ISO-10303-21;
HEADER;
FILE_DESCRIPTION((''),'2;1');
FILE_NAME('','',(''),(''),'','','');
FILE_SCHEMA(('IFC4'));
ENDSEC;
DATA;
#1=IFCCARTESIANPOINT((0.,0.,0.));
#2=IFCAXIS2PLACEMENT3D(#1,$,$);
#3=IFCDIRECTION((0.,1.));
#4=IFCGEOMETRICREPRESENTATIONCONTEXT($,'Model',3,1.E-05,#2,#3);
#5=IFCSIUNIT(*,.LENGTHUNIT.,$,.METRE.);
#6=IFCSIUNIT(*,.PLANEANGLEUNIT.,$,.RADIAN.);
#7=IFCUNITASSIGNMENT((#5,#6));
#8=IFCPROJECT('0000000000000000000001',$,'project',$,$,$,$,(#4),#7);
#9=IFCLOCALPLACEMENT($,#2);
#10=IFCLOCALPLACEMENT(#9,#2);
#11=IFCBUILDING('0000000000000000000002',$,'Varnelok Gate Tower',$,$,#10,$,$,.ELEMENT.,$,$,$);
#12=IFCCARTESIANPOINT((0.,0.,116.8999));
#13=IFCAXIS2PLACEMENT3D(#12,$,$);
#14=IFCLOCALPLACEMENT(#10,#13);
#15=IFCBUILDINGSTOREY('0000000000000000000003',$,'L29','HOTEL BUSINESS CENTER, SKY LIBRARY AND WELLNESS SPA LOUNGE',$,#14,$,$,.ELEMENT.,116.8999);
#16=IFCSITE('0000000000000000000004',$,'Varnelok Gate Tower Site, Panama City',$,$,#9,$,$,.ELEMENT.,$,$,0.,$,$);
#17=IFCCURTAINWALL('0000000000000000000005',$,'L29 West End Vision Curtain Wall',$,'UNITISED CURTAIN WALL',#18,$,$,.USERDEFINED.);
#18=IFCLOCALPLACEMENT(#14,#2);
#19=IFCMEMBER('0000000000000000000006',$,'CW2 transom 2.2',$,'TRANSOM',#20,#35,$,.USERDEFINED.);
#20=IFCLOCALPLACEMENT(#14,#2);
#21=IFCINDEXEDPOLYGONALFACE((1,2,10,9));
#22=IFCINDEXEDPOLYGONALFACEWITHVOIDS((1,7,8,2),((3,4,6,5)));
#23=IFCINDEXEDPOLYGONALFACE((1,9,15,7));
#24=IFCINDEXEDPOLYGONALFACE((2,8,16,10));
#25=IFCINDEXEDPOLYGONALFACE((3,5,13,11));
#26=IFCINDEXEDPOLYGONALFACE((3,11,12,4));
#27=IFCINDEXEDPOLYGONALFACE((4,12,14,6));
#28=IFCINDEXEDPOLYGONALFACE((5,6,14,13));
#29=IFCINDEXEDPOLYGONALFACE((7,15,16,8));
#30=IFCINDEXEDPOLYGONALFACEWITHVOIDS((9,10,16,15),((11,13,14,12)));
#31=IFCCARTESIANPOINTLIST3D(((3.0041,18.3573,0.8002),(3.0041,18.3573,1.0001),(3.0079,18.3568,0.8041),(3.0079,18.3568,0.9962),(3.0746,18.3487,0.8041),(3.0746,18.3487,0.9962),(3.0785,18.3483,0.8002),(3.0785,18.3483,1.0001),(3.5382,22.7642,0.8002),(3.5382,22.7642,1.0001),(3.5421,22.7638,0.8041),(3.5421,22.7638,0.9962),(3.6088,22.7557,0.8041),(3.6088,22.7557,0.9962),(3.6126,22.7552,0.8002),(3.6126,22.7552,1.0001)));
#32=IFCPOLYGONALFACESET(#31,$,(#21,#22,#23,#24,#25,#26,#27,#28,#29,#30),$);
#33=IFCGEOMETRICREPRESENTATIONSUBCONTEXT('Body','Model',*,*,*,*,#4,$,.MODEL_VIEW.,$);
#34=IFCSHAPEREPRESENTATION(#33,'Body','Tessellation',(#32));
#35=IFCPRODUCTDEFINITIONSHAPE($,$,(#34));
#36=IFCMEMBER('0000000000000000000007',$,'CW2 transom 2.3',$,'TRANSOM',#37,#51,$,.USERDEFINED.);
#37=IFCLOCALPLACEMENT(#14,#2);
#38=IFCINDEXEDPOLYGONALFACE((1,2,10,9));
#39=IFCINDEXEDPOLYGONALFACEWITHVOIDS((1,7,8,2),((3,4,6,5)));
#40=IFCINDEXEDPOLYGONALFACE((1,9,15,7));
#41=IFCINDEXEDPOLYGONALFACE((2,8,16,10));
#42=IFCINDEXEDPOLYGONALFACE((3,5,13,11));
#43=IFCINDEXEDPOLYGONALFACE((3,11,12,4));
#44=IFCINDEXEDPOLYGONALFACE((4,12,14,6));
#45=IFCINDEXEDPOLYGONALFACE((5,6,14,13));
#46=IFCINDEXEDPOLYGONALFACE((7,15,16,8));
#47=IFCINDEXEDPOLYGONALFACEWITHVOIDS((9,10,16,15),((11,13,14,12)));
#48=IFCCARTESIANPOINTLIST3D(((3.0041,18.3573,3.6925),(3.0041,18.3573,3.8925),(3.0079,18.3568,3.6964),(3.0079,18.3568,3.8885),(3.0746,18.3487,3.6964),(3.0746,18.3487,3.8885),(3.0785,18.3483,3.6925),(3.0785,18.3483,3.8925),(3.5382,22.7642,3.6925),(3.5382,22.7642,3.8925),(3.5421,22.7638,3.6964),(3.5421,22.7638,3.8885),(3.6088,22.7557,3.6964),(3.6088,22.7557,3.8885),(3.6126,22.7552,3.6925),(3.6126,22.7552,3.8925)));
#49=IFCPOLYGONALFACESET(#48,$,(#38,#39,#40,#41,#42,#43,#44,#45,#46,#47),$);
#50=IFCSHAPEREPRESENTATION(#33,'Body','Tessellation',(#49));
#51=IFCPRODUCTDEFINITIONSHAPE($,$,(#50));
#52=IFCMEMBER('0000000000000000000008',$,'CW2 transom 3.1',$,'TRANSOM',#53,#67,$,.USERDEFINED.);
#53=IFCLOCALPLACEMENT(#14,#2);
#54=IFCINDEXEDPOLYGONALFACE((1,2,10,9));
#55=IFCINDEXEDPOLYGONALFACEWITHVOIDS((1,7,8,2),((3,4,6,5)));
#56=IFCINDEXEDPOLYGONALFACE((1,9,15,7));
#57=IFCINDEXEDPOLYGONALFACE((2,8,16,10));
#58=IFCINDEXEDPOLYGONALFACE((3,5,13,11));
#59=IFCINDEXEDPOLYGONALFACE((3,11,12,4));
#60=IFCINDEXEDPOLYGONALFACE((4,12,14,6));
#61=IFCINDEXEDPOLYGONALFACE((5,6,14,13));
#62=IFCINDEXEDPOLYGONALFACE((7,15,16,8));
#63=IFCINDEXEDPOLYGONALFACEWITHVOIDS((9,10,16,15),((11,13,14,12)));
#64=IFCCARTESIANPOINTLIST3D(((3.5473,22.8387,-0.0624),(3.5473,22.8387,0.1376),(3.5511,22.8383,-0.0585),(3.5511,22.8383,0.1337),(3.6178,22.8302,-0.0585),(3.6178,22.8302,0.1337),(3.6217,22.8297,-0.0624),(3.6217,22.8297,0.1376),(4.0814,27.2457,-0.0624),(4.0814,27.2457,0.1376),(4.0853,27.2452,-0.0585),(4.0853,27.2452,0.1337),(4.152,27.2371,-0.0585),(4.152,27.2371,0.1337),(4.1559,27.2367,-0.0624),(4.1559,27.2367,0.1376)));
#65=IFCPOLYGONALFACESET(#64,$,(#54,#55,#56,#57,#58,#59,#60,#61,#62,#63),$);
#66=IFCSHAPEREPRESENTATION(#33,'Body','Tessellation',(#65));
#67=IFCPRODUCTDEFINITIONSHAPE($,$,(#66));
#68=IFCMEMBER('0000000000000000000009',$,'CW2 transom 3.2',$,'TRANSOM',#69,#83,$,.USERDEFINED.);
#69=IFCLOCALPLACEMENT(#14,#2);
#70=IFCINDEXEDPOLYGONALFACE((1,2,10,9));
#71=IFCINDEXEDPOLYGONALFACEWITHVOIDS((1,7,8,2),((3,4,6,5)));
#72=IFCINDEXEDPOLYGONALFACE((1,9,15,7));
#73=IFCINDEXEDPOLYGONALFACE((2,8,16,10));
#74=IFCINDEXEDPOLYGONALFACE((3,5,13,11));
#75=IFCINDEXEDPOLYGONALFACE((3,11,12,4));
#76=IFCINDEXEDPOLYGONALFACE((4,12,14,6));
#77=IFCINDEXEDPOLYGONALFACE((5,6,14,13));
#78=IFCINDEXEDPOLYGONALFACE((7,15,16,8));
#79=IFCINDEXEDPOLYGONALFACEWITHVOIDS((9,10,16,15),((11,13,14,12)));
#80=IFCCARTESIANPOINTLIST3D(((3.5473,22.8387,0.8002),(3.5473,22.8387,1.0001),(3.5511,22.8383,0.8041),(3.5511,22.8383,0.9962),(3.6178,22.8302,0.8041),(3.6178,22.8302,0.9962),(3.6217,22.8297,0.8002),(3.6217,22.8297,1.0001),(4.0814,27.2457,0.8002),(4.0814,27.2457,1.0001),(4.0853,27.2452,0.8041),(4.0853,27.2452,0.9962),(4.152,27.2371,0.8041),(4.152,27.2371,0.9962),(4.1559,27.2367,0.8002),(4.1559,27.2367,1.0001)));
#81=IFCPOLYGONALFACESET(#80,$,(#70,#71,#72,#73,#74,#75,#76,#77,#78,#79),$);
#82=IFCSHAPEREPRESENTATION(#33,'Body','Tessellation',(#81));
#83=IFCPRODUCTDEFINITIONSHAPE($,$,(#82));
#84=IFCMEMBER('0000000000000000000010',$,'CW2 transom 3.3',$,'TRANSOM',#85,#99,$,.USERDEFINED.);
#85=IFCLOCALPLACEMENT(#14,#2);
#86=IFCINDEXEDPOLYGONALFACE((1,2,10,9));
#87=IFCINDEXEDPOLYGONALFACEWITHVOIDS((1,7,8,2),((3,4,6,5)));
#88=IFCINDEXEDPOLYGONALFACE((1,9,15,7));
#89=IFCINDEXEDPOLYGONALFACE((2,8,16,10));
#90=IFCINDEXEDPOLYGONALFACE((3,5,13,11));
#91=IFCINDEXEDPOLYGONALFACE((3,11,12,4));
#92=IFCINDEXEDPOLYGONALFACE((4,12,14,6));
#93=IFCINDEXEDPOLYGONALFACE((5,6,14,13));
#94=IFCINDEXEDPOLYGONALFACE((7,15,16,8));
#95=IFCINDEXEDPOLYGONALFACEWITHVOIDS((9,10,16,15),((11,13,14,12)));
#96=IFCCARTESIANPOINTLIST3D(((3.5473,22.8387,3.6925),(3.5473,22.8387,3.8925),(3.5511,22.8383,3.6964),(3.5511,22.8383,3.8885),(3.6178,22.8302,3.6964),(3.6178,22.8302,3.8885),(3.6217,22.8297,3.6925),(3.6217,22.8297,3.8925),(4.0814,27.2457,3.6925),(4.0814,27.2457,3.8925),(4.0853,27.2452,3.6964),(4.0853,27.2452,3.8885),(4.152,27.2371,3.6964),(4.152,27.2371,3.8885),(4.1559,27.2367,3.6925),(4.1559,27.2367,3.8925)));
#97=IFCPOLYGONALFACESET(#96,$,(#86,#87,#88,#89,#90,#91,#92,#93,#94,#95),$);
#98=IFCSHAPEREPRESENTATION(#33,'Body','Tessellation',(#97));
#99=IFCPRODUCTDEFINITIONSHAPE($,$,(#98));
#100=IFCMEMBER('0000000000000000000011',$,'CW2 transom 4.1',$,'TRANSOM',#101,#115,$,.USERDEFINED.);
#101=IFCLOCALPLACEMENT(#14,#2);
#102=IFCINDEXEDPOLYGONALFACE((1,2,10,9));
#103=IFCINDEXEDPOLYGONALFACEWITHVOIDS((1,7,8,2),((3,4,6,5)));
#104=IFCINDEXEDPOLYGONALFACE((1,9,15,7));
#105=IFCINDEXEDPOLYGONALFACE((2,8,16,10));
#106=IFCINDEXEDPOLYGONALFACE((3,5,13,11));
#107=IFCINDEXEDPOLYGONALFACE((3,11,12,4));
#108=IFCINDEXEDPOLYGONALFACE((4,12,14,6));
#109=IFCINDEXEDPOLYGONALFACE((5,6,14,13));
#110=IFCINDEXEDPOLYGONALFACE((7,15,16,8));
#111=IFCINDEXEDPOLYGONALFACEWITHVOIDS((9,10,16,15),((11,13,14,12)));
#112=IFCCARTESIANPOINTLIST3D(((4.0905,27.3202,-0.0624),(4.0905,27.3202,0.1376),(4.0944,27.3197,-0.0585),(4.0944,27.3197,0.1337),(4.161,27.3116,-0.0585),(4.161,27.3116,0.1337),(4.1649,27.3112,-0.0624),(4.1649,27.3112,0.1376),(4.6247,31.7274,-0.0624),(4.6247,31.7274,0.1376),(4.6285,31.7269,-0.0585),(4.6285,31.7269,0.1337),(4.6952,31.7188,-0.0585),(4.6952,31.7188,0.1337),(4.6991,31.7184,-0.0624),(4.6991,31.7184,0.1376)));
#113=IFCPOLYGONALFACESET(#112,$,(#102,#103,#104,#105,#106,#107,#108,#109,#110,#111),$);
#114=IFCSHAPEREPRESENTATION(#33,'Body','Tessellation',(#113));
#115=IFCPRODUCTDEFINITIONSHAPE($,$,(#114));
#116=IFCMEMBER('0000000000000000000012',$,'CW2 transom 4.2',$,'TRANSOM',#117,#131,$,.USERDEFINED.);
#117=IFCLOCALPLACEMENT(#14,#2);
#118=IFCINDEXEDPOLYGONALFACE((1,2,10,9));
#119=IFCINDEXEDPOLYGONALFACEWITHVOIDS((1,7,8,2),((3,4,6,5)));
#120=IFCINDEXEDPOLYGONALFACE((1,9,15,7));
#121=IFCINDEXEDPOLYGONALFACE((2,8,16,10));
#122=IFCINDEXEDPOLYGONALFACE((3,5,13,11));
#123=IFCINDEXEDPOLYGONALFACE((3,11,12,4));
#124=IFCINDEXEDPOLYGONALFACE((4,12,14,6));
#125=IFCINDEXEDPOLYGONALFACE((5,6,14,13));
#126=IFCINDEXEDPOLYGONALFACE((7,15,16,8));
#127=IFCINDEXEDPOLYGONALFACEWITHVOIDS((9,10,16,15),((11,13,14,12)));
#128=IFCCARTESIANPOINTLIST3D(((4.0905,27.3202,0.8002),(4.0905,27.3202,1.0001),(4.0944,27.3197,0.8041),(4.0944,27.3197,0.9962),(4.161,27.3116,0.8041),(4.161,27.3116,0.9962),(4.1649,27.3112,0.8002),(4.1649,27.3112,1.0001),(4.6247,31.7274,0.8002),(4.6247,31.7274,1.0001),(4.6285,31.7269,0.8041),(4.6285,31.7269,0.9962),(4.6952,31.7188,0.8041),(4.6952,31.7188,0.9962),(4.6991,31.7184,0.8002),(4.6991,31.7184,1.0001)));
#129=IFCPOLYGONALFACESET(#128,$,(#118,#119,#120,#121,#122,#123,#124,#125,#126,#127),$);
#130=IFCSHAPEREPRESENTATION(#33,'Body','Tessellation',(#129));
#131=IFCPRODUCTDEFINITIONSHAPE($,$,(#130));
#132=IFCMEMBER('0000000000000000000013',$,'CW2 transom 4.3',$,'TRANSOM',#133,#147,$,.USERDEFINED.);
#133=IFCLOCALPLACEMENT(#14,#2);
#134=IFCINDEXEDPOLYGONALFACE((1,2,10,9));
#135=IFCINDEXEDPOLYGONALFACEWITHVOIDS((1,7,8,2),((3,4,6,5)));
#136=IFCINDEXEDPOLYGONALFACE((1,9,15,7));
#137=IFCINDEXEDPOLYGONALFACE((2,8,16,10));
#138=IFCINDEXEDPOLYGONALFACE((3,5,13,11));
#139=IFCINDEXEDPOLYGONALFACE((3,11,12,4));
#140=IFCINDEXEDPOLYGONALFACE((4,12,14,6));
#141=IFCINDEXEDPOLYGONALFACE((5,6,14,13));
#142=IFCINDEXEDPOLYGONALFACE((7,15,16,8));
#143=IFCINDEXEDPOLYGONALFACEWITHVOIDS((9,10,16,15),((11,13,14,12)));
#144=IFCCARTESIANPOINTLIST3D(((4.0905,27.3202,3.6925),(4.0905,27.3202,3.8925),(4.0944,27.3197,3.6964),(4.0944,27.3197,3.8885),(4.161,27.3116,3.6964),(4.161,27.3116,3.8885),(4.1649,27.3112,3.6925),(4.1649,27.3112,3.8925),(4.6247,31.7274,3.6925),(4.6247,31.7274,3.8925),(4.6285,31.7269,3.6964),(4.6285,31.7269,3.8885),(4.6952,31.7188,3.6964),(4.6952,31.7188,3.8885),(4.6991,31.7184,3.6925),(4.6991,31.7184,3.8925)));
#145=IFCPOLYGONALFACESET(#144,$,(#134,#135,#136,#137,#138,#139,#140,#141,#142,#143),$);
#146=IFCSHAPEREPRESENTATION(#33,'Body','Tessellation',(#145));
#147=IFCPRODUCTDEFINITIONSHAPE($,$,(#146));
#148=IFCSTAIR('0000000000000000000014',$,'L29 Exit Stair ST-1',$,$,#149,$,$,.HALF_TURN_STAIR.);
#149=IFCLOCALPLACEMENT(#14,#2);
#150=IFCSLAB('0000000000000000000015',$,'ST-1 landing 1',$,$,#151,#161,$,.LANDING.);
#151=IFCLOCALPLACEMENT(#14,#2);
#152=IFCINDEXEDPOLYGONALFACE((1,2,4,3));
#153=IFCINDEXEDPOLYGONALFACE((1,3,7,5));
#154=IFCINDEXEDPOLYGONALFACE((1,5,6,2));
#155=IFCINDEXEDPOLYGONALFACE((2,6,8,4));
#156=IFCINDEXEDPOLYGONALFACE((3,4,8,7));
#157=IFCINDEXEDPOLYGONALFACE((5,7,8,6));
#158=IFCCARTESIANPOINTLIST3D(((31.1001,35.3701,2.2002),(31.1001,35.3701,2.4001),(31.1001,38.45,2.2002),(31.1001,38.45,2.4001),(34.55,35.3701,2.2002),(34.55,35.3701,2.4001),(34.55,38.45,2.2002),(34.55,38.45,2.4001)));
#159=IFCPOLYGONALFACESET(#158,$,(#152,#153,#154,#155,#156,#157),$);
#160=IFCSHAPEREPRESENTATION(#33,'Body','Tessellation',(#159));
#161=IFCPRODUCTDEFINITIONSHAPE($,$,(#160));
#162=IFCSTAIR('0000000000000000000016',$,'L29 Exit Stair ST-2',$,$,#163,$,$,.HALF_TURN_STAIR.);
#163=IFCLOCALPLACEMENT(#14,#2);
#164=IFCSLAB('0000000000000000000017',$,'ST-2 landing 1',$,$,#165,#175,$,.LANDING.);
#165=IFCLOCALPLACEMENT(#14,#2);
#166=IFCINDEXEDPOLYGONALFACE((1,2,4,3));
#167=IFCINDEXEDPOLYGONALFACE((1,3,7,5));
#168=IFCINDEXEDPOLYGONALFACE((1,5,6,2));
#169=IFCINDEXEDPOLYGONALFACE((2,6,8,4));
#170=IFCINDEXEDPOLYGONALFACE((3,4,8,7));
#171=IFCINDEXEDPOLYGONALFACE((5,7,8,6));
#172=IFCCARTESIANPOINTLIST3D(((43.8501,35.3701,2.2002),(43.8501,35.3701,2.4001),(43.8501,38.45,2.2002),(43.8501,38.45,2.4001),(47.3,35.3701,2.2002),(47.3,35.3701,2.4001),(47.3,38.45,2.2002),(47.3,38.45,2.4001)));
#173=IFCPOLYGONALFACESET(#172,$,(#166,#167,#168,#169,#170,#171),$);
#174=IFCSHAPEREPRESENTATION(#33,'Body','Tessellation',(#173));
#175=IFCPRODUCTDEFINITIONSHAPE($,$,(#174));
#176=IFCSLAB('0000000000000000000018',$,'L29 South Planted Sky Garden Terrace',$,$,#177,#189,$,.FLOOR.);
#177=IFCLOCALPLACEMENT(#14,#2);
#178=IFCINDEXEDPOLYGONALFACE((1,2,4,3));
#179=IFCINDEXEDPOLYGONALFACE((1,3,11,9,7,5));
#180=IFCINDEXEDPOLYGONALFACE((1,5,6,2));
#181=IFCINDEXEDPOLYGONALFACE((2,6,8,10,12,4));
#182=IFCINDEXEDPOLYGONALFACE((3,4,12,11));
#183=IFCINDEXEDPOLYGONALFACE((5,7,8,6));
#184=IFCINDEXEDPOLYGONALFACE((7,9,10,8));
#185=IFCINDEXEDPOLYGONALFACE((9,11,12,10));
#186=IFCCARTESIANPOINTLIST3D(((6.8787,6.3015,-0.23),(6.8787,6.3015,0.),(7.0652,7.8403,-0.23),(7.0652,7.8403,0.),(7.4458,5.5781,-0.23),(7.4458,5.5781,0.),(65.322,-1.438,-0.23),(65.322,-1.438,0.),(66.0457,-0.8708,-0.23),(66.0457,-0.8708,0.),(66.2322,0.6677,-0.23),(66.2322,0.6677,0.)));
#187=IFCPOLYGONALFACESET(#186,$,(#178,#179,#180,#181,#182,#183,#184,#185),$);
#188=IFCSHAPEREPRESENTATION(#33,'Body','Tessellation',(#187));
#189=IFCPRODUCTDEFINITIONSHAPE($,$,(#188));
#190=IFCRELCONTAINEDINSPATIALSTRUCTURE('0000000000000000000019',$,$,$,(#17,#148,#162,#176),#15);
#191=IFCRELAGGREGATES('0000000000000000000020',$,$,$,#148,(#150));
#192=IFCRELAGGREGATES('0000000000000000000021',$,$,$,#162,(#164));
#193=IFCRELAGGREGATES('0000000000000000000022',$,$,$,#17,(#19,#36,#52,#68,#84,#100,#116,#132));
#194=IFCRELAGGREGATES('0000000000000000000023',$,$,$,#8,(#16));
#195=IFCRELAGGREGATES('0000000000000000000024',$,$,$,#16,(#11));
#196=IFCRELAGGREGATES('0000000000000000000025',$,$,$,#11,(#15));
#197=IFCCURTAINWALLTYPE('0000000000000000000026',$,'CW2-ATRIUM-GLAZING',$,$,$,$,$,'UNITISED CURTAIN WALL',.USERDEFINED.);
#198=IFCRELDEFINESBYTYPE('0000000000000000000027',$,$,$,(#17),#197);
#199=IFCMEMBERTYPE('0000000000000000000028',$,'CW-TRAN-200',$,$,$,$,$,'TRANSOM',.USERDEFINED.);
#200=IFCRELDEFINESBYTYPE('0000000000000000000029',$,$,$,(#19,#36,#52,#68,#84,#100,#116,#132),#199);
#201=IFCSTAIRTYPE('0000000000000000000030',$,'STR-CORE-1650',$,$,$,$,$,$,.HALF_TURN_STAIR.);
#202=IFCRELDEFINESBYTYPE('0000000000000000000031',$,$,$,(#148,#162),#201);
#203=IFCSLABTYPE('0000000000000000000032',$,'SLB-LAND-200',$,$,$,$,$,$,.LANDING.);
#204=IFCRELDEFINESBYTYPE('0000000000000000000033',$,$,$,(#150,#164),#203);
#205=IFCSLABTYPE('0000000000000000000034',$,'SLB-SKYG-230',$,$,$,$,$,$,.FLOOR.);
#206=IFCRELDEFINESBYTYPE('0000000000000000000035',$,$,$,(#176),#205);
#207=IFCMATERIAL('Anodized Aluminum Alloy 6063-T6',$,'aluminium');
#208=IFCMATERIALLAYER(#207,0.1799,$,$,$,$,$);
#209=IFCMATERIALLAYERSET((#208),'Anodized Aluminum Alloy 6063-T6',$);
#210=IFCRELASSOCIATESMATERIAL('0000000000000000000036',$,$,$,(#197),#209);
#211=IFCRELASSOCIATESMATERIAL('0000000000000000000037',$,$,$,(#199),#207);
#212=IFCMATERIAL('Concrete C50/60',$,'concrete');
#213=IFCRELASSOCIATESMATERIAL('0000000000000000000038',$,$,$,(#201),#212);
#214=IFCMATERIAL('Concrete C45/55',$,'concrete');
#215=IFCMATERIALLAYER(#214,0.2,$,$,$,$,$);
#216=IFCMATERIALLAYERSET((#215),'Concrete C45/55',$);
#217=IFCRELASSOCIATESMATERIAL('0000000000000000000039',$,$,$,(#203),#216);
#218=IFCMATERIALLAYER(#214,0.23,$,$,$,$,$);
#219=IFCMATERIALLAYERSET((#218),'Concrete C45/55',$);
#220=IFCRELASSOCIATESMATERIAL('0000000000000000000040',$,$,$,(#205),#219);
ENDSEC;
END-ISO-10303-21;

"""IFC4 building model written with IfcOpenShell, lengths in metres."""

from ifc_helpers import new_model, si_unit, direction, frame, origin, origin_2d, place, context, subcontext, project, spatial, polyline, hollow_rectangle, outline, extrude, material, layer, layer_set, material_profile, profile_set, type_object, element, aggregate, save


model = new_model("IFC4")

# Units and contexts
model_context = context("Model", 3, precision=1e-05, world=origin(), true_north=direction((0.0, 1.0)))
body_context = subcontext(model_context, "Body", "Model", "MODEL_VIEW")
ifc_project = project(units=[si_unit("LENGTHUNIT", "METRE"), si_unit("PLANEANGLEUNIT", "RADIAN")], contexts=[model_context])

# Site, building, storey
site_placement = place(None, origin())
site = spatial("IfcSite", under=ifc_project, at=site_placement, Name="Varnelok Gate Tower Site, Panama City", CompositionType="ELEMENT", RefElevation=0.0)
building_placement = place(site_placement, origin())
building = spatial("IfcBuilding", under=site, at=building_placement, Name="Varnelok Gate Tower", CompositionType="ELEMENT")
storey_placement = place(building_placement, frame((0.0, 0.0, 116.8999)))
storey = spatial("IfcBuildingStorey", under=building, at=storey_placement, Name="L29", Description="HOTEL BUSINESS CENTER, SKY LIBRARY AND WELLNESS SPA LOUNGE", CompositionType="ELEMENT", Elevation=116.8999)

# Curtain wall, members
ifc_material_1 = material(Name="Anodized Aluminum Alloy 6063-T6", Category="aluminium")
ifc_layer_1 = layer(ifc_material_1, 0.1799)
ifc_layer_set_1 = layer_set([ifc_layer_1], Name="Anodized Aluminum Alloy 6063-T6")
curtain_wall_type = type_object("IfcCurtainWallType", Name="CW2-ATRIUM-GLAZING", ElementType="UNITISED CURTAIN WALL", PredefinedType="USERDEFINED", material=ifc_layer_set_1)
curtain_wall_placement = place(storey_placement, origin())
curtain_wall = element("IfcCurtainWall", 1, at=curtain_wall_placement, inside=storey, type_object=curtain_wall_type, Name="L29 West End Vision Curtain Wall", ObjectType="UNITISED CURTAIN WALL", PredefinedType="USERDEFINED")
ifc_material_profile_1 = material_profile(ifc_material_1, hollow_rectangle(XDim=0.075, YDim=0.2, WallThickness=0.0039, at=origin_2d()), Name="ALU200X75X4")
ifc_profile_set_1 = profile_set([ifc_material_profile_1], Name="Anodized Aluminum Alloy 6063-T6")
member_type_1 = type_object("IfcMemberType", Name="CW-TRAN-200", ElementType="TRANSOM", PredefinedType="USERDEFINED", material=ifc_profile_set_1)
member_1_placement = place(storey_placement, frame((3.0413, 18.3528, 0.9001), z_axis=(0.120331, 0.992734, 0.0), x_axis=(-0.992734, 0.120331, 0.0)))
member_1 = element("IfcMember", 2, at=member_1_placement, type_object=member_type_1, Name="CW2 transom 2.2", ObjectType="TRANSOM", PredefinedType="USERDEFINED", context=body_context, shape_type="SweptSolid", body=[
    extrude(hollow_rectangle(XDim=0.075, YDim=0.2, WallThickness=0.0039, at=origin_2d()), origin(), (0.0, 0.0, 1.0), 4.4392),
])
member_2_placement = place(storey_placement, frame((3.0413, 18.3528, 3.7925), z_axis=(0.120331, 0.992734, 0.0), x_axis=(-0.992734, 0.120331, 0.0)))
member_2 = element("IfcMember", 3, at=member_2_placement, type_object=member_type_1, Name="CW2 transom 2.3", ObjectType="TRANSOM", PredefinedType="USERDEFINED", context=body_context, shape_type="SweptSolid", body=[
    extrude(hollow_rectangle(XDim=0.075, YDim=0.2, WallThickness=0.0039, at=origin_2d()), origin(), (0.0, 0.0, 1.0), 4.4392),
])
member_3_placement = place(storey_placement, frame((3.5845, 22.8342, 0.0376), z_axis=(0.120331, 0.992734, 0.0), x_axis=(-0.992734, 0.120331, 0.0)))
member_3 = element("IfcMember", 4, at=member_3_placement, type_object=member_type_1, Name="CW2 transom 3.1", ObjectType="TRANSOM", PredefinedType="USERDEFINED", context=body_context, shape_type="SweptSolid", body=[
    extrude(hollow_rectangle(XDim=0.075, YDim=0.2, WallThickness=0.0039, at=origin_2d()), origin(), (0.0, 0.0, 1.0), 4.4392),
])
member_4_placement = place(storey_placement, frame((3.5845, 22.8342, 0.9001), z_axis=(0.120331, 0.992734, 0.0), x_axis=(-0.992734, 0.120331, 0.0)))
member_4 = element("IfcMember", 5, at=member_4_placement, type_object=member_type_1, Name="CW2 transom 3.2", ObjectType="TRANSOM", PredefinedType="USERDEFINED", context=body_context, shape_type="SweptSolid", body=[
    extrude(hollow_rectangle(XDim=0.075, YDim=0.2, WallThickness=0.0039, at=origin_2d()), origin(), (0.0, 0.0, 1.0), 4.4392),
])
member_5_placement = place(storey_placement, frame((3.5845, 22.8342, 3.7925), z_axis=(0.120331, 0.992734, 0.0), x_axis=(-0.992734, 0.120331, 0.0)))
member_5 = element("IfcMember", 6, at=member_5_placement, type_object=member_type_1, Name="CW2 transom 3.3", ObjectType="TRANSOM", PredefinedType="USERDEFINED", context=body_context, shape_type="SweptSolid", body=[
    extrude(hollow_rectangle(XDim=0.075, YDim=0.2, WallThickness=0.0039, at=origin_2d()), origin(), (0.0, 0.0, 1.0), 4.4392),
])
member_6_placement = place(storey_placement, frame((4.1277, 27.3157, 0.0376), z_axis=(0.120325, 0.992735, 0.0), x_axis=(-0.992735, 0.120325, 0.0)))
member_6 = element("IfcMember", 7, at=member_6_placement, type_object=member_type_1, Name="CW2 transom 4.1", ObjectType="TRANSOM", PredefinedType="USERDEFINED", context=body_context, shape_type="SweptSolid", body=[
    extrude(hollow_rectangle(XDim=0.075, YDim=0.2, WallThickness=0.0039, at=origin_2d()), origin(), (0.0, 0.0, 1.0), 4.4395),
])
member_7_placement = place(storey_placement, frame((4.1277, 27.3157, 0.9001), z_axis=(0.120325, 0.992735, 0.0), x_axis=(-0.992735, 0.120325, 0.0)))
member_7 = element("IfcMember", 8, at=member_7_placement, type_object=member_type_1, Name="CW2 transom 4.2", ObjectType="TRANSOM", PredefinedType="USERDEFINED", context=body_context, shape_type="SweptSolid", body=[
    extrude(hollow_rectangle(XDim=0.075, YDim=0.2, WallThickness=0.0039, at=origin_2d()), origin(), (0.0, 0.0, 1.0), 4.4395),
])
member_8_placement = place(storey_placement, frame((4.1277, 27.3157, 3.7925), z_axis=(0.120325, 0.992735, 0.0), x_axis=(-0.992735, 0.120325, 0.0)))
member_8 = element("IfcMember", 9, at=member_8_placement, type_object=member_type_1, Name="CW2 transom 4.3", ObjectType="TRANSOM", PredefinedType="USERDEFINED", context=body_context, shape_type="SweptSolid", body=[
    extrude(hollow_rectangle(XDim=0.075, YDim=0.2, WallThickness=0.0039, at=origin_2d()), origin(), (0.0, 0.0, 1.0), 4.4395),
])

# Stairs, slabs
ifc_material_2 = material(Name="Concrete C50/60", Category="concrete")
stair_type = type_object("IfcStairType", Name="STR-CORE-1650", PredefinedType="HALF_TURN_STAIR", material=ifc_material_2)
stair_1_placement = place(storey_placement, origin())
stair_1 = element("IfcStair", 10, at=stair_1_placement, inside=storey, type_object=stair_type, Name="L29 Exit Stair ST-1", PredefinedType="HALF_TURN_STAIR")
ifc_material_3 = material(Name="Concrete C45/55", Category="concrete")
ifc_layer_2 = layer(ifc_material_3, 0.2)
ifc_layer_set_2 = layer_set([ifc_layer_2], Name="Concrete C45/55")
slab_type_1 = type_object("IfcSlabType", Name="SLB-LAND-200", PredefinedType="LANDING", material=ifc_layer_set_2)
slab_1_placement = place(storey_placement, frame((0.0, 0.0, 2.2002)))
slab_1 = element("IfcSlab", 11, at=slab_1_placement, type_object=slab_type_1, Name="ST-1 landing 1", PredefinedType="LANDING", context=body_context, shape_type="SweptSolid", body=[
    extrude(outline(polyline([(34.55, 35.3701), (34.55, 38.45), (31.1001, 38.45), (31.1001, 35.3701), (34.55, 35.3701)])), origin(), (0.0, 0.0, 1.0), 0.2),
])
aggregate(stair_1, [slab_1])
stair_2_placement = place(storey_placement, origin())
stair_2 = element("IfcStair", 12, at=stair_2_placement, inside=storey, type_object=stair_type, Name="L29 Exit Stair ST-2", PredefinedType="HALF_TURN_STAIR")
slab_2_placement = place(storey_placement, frame((0.0, 0.0, 2.2002)))
slab_2 = element("IfcSlab", 13, at=slab_2_placement, type_object=slab_type_1, Name="ST-2 landing 1", PredefinedType="LANDING", context=body_context, shape_type="SweptSolid", body=[
    extrude(outline(polyline([(47.3, 35.3701), (47.3, 38.45), (43.8501, 38.45), (43.8501, 35.3701), (47.3, 35.3701)])), origin(), (0.0, 0.0, 1.0), 0.2),
])
aggregate(stair_2, [slab_2])

# Slab
ifc_layer_3 = layer(ifc_material_3, 0.23)
ifc_layer_set_3 = layer_set([ifc_layer_3], Name="Concrete C45/55")
slab_type_2 = type_object("IfcSlabType", Name="SLB-SKYG-230", PredefinedType="FLOOR", material=ifc_layer_set_3)
slab_3_placement = place(storey_placement, frame((0.0, 0.0, -0.23)))
element("IfcSlab", 14, at=slab_3_placement, inside=storey, type_object=slab_type_2, Name="L29 South Planted Sky Garden Terrace", PredefinedType="FLOOR", context=body_context, shape_type="SweptSolid", body=[
    extrude(outline(polyline([(6.8787, 6.3015), (7.4458, 5.5781), (65.322, -1.438), (66.0457, -0.8708), (66.2322, 0.6677), (7.0652, 7.8403), (6.8787, 6.3015)])), origin(), (0.0, 0.0, 1.0), 0.23),
])

aggregate(curtain_wall, [member_1, member_2, member_3, member_4, member_5, member_6, member_7, member_8])

save(model, "model.ifc")
